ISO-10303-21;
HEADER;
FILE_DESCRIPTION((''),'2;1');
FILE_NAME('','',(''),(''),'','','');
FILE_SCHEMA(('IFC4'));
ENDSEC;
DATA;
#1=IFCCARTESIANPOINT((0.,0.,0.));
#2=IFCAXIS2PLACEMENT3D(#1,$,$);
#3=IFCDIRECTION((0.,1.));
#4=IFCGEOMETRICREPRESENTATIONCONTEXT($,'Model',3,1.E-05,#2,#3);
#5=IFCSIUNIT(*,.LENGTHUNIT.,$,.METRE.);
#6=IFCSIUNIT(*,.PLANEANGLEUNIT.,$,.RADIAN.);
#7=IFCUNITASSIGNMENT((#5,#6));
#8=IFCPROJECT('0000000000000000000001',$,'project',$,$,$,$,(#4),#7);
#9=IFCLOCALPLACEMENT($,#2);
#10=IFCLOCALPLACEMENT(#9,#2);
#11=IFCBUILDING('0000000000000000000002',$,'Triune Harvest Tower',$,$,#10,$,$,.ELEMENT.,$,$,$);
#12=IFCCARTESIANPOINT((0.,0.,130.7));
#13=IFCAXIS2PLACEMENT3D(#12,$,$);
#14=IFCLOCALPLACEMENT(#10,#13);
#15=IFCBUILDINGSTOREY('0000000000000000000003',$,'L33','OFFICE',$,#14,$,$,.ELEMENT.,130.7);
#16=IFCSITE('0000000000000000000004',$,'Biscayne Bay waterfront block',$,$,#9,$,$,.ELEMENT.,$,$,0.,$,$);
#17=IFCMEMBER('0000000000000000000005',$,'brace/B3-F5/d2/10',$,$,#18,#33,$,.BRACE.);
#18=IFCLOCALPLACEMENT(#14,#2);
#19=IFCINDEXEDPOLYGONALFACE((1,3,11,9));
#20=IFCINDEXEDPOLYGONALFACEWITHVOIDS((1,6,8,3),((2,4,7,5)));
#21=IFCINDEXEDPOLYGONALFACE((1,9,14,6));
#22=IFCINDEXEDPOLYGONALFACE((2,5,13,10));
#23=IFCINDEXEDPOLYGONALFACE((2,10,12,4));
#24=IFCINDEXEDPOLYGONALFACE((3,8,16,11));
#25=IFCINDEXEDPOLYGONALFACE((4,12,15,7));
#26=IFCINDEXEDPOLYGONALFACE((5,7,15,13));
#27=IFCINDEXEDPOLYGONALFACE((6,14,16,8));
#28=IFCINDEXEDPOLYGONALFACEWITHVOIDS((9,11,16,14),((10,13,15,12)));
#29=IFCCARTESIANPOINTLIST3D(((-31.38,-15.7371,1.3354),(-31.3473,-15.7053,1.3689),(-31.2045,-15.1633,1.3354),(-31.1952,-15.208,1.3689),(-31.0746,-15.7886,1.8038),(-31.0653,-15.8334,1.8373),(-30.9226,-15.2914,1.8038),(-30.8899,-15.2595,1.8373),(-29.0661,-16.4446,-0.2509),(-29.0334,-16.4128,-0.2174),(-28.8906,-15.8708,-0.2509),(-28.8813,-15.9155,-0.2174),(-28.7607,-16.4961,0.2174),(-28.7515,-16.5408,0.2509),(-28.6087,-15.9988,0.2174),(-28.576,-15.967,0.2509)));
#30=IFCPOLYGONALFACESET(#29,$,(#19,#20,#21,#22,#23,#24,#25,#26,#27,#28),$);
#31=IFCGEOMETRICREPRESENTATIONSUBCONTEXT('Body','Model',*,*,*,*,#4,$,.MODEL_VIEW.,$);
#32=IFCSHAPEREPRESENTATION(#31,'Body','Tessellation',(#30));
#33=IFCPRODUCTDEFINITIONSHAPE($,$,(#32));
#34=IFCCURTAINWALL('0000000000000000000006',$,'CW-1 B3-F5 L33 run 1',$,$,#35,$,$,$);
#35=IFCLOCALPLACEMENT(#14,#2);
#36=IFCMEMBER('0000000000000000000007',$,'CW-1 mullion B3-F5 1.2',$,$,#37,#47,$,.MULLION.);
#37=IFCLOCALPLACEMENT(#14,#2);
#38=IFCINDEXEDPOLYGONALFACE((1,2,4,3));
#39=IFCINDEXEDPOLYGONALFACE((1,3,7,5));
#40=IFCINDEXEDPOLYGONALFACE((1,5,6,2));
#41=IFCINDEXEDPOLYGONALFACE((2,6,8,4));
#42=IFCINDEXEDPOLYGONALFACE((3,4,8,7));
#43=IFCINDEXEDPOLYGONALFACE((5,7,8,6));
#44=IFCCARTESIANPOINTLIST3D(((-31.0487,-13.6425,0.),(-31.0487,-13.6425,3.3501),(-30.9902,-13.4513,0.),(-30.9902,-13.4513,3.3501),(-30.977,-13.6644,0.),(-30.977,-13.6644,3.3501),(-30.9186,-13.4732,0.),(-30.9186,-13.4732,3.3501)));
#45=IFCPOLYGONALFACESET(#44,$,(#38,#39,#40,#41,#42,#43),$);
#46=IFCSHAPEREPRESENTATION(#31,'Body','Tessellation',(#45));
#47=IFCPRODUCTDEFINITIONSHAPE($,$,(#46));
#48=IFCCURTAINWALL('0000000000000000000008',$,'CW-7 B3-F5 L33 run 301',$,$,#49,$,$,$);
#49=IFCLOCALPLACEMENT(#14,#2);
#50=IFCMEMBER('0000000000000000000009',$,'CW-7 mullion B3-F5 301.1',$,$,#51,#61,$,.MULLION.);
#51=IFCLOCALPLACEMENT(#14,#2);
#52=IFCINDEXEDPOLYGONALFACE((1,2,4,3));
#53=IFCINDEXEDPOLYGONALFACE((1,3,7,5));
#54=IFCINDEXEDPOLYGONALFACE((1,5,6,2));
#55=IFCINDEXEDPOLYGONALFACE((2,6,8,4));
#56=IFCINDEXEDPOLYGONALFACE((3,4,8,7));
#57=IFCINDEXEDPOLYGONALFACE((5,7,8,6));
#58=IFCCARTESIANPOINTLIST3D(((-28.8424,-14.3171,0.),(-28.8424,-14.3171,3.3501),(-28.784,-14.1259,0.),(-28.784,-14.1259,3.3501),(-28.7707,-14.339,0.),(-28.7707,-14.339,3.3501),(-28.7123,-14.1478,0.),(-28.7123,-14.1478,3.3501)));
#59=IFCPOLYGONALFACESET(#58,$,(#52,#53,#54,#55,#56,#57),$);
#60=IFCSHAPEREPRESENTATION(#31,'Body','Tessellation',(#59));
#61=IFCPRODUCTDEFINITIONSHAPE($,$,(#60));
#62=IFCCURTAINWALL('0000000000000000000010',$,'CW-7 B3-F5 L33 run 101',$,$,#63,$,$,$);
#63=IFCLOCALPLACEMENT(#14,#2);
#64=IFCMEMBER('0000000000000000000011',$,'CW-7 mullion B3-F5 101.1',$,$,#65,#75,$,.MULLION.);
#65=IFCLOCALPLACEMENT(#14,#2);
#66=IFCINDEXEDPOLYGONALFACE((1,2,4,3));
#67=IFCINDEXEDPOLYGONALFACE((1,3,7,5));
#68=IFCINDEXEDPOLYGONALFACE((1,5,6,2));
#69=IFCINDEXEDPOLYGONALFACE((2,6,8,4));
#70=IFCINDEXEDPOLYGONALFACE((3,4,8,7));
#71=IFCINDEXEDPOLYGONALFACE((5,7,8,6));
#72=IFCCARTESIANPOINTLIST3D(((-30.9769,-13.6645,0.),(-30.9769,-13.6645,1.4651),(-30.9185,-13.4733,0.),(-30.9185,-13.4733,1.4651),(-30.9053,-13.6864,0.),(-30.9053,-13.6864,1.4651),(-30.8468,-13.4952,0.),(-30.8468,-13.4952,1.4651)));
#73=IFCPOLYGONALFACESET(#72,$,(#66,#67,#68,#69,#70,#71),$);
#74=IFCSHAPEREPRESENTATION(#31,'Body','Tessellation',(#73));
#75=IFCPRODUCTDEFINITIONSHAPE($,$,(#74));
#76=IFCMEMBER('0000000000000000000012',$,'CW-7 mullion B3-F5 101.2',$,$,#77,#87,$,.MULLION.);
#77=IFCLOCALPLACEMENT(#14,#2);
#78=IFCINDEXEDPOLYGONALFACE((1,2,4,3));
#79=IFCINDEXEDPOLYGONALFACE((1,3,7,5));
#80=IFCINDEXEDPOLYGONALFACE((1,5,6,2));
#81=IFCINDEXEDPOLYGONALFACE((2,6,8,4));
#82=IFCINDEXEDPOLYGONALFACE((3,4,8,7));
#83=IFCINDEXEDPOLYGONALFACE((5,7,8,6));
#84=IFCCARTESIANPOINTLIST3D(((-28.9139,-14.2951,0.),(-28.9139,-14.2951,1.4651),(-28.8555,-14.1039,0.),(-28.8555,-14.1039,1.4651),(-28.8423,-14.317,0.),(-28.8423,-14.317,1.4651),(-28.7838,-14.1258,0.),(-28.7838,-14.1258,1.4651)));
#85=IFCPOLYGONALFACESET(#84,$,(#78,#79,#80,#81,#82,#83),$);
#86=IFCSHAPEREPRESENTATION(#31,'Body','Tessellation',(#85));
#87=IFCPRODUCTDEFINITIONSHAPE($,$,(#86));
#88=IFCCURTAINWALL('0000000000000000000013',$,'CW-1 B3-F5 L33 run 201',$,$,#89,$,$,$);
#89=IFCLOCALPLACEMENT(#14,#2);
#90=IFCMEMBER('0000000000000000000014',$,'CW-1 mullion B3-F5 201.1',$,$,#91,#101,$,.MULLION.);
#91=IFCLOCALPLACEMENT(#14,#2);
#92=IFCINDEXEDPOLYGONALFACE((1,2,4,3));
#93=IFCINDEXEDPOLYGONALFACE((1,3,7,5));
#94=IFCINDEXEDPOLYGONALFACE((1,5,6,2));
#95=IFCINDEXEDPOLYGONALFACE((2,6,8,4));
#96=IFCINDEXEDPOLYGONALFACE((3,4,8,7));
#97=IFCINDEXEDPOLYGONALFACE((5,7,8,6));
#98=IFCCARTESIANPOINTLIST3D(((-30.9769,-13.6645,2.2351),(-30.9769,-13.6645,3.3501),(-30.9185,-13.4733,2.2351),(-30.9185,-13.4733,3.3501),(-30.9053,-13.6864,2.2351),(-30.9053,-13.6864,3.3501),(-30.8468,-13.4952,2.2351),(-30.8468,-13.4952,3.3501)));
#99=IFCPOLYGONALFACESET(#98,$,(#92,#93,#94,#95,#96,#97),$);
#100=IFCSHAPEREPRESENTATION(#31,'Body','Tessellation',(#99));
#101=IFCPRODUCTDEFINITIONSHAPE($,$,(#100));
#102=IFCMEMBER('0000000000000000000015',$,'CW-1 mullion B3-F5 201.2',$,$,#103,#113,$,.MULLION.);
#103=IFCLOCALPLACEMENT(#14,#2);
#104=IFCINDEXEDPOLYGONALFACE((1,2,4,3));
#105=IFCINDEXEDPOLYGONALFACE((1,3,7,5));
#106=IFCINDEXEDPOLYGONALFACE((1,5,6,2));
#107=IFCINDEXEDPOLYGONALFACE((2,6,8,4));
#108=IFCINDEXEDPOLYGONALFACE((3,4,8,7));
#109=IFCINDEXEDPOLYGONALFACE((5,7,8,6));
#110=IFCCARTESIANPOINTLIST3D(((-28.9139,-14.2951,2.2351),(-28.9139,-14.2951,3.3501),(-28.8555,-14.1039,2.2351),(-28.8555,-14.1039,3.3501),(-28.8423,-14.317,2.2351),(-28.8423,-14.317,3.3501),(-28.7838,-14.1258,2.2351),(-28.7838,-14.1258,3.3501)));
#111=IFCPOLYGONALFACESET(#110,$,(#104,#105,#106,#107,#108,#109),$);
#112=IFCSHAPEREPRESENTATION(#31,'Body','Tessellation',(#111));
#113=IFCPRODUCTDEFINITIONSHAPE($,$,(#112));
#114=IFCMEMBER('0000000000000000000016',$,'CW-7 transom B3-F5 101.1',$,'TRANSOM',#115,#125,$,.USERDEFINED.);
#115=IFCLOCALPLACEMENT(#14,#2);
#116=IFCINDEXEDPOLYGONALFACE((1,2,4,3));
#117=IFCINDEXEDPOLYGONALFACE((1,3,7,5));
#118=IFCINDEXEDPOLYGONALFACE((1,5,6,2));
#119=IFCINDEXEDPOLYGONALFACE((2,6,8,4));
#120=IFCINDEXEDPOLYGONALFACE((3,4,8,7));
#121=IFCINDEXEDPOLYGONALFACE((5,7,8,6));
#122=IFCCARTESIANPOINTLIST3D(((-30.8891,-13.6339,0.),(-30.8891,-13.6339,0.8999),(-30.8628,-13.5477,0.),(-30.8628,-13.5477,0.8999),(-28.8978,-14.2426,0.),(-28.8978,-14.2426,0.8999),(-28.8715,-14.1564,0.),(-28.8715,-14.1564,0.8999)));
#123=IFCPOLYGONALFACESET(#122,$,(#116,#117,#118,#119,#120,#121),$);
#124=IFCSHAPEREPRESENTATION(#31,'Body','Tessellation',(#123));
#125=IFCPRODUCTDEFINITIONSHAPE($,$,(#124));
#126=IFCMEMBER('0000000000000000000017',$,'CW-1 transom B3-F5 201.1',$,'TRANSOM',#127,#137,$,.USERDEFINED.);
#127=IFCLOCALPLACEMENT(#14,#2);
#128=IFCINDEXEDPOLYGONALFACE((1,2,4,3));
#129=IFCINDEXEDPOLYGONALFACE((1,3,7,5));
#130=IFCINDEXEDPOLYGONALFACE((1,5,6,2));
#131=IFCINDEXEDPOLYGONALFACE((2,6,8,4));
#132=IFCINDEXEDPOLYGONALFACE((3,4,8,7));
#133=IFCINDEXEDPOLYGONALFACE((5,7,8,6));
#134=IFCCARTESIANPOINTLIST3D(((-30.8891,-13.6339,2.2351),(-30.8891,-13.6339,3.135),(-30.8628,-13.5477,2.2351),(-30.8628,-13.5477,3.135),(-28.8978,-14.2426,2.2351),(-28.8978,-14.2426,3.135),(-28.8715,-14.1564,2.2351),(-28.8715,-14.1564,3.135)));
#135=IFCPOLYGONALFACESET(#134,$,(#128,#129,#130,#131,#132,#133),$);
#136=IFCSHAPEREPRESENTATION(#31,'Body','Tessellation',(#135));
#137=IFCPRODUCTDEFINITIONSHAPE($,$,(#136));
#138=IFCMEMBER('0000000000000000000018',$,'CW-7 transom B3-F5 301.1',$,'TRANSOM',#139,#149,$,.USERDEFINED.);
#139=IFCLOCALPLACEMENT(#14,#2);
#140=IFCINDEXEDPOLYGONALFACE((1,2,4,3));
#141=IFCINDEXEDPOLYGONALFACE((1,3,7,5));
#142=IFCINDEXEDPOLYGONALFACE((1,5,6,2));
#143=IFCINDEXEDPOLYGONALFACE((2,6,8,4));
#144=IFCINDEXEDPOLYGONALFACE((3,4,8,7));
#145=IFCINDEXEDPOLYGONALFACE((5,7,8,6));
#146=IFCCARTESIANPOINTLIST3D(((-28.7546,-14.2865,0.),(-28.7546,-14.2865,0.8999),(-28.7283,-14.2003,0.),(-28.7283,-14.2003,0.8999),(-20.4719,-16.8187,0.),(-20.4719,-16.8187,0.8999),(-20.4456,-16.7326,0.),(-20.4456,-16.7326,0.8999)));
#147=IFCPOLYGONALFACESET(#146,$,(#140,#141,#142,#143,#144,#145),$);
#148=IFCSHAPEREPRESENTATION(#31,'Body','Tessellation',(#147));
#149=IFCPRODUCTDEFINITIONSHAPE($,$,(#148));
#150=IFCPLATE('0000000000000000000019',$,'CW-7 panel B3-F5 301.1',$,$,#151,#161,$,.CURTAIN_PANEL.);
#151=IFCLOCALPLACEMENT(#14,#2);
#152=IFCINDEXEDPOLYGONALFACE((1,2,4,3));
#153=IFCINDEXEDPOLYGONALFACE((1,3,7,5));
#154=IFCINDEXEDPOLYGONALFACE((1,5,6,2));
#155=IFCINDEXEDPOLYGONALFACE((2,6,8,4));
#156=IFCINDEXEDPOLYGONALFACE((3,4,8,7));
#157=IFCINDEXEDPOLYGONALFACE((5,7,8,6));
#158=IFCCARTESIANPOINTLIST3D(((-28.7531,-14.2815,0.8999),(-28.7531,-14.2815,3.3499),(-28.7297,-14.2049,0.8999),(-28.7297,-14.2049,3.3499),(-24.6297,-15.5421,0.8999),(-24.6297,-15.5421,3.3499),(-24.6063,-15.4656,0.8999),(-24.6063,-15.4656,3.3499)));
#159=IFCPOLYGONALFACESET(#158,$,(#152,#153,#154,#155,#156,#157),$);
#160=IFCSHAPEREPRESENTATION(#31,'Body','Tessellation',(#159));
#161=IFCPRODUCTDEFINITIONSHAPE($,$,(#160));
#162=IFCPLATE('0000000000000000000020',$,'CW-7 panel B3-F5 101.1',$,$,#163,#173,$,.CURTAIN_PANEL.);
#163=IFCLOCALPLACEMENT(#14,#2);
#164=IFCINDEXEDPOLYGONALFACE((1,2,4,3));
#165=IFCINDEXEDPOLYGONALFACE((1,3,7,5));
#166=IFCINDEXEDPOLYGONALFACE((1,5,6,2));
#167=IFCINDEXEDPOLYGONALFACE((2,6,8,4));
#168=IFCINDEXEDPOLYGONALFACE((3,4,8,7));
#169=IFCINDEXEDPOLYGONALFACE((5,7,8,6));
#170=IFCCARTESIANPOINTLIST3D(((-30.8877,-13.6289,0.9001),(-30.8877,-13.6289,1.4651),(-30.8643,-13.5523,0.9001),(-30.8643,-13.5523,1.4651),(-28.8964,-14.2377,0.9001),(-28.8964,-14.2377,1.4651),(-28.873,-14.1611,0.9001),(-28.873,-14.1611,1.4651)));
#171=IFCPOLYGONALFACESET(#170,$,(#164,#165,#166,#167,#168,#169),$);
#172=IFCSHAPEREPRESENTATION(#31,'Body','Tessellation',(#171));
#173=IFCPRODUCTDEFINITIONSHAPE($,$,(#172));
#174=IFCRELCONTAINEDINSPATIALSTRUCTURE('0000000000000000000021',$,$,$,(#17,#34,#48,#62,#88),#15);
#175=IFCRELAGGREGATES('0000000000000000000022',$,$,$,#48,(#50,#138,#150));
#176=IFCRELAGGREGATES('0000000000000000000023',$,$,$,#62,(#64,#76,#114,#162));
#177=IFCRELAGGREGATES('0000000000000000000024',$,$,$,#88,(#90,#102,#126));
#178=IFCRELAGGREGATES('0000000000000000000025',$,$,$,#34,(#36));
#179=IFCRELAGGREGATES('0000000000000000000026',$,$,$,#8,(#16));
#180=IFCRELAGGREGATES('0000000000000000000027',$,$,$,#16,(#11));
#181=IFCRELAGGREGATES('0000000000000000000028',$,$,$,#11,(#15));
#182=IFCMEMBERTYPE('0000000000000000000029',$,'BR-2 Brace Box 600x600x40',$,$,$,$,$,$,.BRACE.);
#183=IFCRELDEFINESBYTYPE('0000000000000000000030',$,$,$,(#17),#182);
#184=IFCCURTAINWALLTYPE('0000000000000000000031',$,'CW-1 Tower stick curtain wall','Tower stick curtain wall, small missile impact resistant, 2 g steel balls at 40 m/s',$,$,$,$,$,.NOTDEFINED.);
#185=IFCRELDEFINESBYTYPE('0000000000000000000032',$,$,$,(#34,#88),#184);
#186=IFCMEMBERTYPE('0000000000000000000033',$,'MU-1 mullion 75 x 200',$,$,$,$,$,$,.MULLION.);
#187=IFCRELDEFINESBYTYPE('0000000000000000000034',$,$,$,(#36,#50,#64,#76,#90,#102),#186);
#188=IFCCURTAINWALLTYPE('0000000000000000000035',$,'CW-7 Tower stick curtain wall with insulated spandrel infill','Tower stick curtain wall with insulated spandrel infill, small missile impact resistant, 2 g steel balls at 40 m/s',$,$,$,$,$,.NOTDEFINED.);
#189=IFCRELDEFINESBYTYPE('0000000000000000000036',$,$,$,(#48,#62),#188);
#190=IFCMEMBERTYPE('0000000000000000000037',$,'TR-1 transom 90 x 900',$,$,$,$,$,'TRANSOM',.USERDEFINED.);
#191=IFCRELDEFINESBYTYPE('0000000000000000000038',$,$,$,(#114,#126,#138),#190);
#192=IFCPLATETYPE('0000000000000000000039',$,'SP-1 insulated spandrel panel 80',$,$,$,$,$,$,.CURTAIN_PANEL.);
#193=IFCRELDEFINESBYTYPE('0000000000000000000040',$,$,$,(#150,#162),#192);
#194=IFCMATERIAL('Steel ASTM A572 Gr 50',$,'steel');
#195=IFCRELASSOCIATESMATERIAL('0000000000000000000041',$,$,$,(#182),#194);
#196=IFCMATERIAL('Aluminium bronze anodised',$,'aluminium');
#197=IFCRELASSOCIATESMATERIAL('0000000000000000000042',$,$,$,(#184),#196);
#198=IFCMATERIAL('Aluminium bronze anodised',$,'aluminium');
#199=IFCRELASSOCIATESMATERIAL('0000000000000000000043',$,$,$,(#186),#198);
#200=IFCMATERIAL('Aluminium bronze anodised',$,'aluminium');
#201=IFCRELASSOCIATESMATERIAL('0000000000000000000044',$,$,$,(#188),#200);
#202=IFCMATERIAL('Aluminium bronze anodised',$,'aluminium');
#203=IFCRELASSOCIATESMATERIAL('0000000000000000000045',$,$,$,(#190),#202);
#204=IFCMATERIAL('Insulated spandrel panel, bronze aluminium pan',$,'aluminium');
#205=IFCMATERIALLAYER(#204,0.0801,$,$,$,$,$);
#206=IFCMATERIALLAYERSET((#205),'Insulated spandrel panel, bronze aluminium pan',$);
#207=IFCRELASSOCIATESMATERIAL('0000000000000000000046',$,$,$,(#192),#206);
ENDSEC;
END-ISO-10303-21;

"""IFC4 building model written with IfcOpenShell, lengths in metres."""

from ifc_helpers import new_model, si_unit, direction, frame, origin, origin_2d, place, context, subcontext, project, spatial, rectangle, hollow_rectangle, extrude, source, transform, mapped, material, layer, layer_set, material_profile, profile_set, type_object, element, aggregate, save


model = new_model("IFC4")

# Units and contexts
model_context = context("Model", 3, precision=1e-05, world=origin(), true_north=direction((0.0, 1.0)))
body_context = subcontext(model_context, "Body", "Model", "MODEL_VIEW")
ifc_project = project(units=[si_unit("LENGTHUNIT", "METRE"), si_unit("PLANEANGLEUNIT", "RADIAN")], contexts=[model_context])

# Site, building, storey
site_placement = place(None, origin())
site = spatial("IfcSite", under=ifc_project, at=site_placement, Name="Biscayne Bay waterfront block", CompositionType="ELEMENT", RefElevation=0.0)
building_placement = place(site_placement, origin())
building = spatial("IfcBuilding", under=site, at=building_placement, Name="Triune Harvest Tower", CompositionType="ELEMENT")
storey_placement = place(building_placement, frame((0.0, 0.0, 130.7)))
storey = spatial("IfcBuildingStorey", under=building, at=storey_placement, Name="L33", Description="OFFICE", CompositionType="ELEMENT", Elevation=130.7)

# Member
ifc_material_1 = material(Name="Steel ASTM A572 Gr 50", Category="steel")
ifc_material_profile_1 = material_profile(ifc_material_1, hollow_rectangle(XDim=0.6001, YDim=0.6001, WallThickness=0.04, at=origin_2d()), Name="Box 600x600x40")
ifc_profile_set_1 = profile_set([ifc_material_profile_1], Name="Steel ASTM A572 Gr 50")
member_type_1 = type_object("IfcMemberType", Name="BR-2 Brace Box 600x600x40", PredefinedType="BRACE", material=ifc_profile_set_1)
shared_shape_1 = source(origin(), body_context, "Body", "SweptSolid", [
    extrude(hollow_rectangle(XDim=0.6001, YDim=0.6001, WallThickness=0.04, at=origin_2d()), origin(), (0.0, 0.0, 1.0), 2.8933),
])
member_1_placement = place(storey_placement, frame((-28.821, -16.2058, 0.0), z_axis=(-0.799739, 0.244529, 0.548291), x_axis=(-0.292398, -0.956297, 0.0)))
element("IfcMember", 1, at=member_1_placement, inside=storey, type_object=member_type_1, Name="brace/B3-F5/d2/10", PredefinedType="BRACE", context=body_context, shape_type="MappedRepresentation", body=[
    mapped(shared_shape_1, transform((0.0, 0.0, 0.0), scale=1.0)),
])

# Curtain walls, members
ifc_material_2 = material(Name="Aluminium bronze anodised", Category="aluminium")
curtain_wall_type_1 = type_object("IfcCurtainWallType", Name="CW-1 Tower stick curtain wall", Description="Tower stick curtain wall, small missile impact resistant, 2 g steel balls at 40 m/s", PredefinedType="NOTDEFINED", material=ifc_material_2)
curtain_wall_1_placement = place(storey_placement, origin())
curtain_wall_1 = element("IfcCurtainWall", 2, at=curtain_wall_1_placement, inside=storey, type_object=curtain_wall_type_1, Name="CW-1 B3-F5 L33 run 1")
ifc_material_3 = material(Name="Aluminium bronze anodised", Category="aluminium")
ifc_material_profile_2 = material_profile(ifc_material_3, rectangle(XDim=0.2, YDim=0.075, at=origin_2d()), Name="MU-1 mullion 75 x 200")
ifc_profile_set_2 = profile_set([ifc_material_profile_2], Name="Aluminium bronze anodised")
member_type_2 = type_object("IfcMemberType", Name="MU-1 mullion 75 x 200", PredefinedType="MULLION", material=ifc_profile_set_2)
shared_shape_2 = source(origin(), body_context, "Body", "SweptSolid", [
    extrude(rectangle(XDim=0.2, YDim=0.075, at=origin_2d()), origin(), (0.0, 0.0, 1.0), 3.3501),
])
member_2_placement = place(storey_placement, frame((-30.9836, -13.5579, 0.0), z_axis=(0.0, 0.0, 1.0), x_axis=(0.292459, 0.956278, 0.0)))
member_2 = element("IfcMember", 3, at=member_2_placement, type_object=member_type_2, Name="CW-1 mullion B3-F5 1.2", PredefinedType="MULLION", context=body_context, shape_type="MappedRepresentation", body=[
    mapped(shared_shape_2, transform((0.0, 0.0, 0.0), scale=1.0)),
])
ifc_material_4 = material(Name="Aluminium bronze anodised", Category="aluminium")
curtain_wall_type_2 = type_object("IfcCurtainWallType", Name="CW-7 Tower stick curtain wall with insulated spandrel infill", Description="Tower stick curtain wall with insulated spandrel infill, small missile impact resistant, 2 g steel balls at 40 m/s", PredefinedType="NOTDEFINED", material=ifc_material_4)
curtain_wall_2_placement = place(storey_placement, origin())
curtain_wall_2 = element("IfcCurtainWall", 4, at=curtain_wall_2_placement, inside=storey, type_object=curtain_wall_type_2, Name="CW-7 B3-F5 L33 run 301")
member_3_placement = place(storey_placement, frame((-28.7773, -14.2324, 0.0), z_axis=(0.0, 0.0, 1.0), x_axis=(0.292371, 0.956305, 0.0)))
member_3 = element("IfcMember", 5, at=member_3_placement, type_object=member_type_2, Name="CW-7 mullion B3-F5 301.1", PredefinedType="MULLION", context=body_context, shape_type="MappedRepresentation", body=[
    mapped(shared_shape_2, transform((0.0, 0.0, 0.0), scale=1.0)),
])

# Curtain walls, members
curtain_wall_3_placement = place(storey_placement, origin())
curtain_wall_3 = element("IfcCurtainWall", 6, at=curtain_wall_3_placement, inside=storey, type_object=curtain_wall_type_2, Name="CW-7 B3-F5 L33 run 101")
shared_shape_3 = source(origin(), body_context, "Body", "SweptSolid", [
    extrude(rectangle(XDim=0.2, YDim=0.075, at=origin_2d()), origin(), (0.0, 0.0, 1.0), 1.4651),
])
member_4_placement = place(storey_placement, frame((-30.9119, -13.5798, 0.0), z_axis=(0.0, 0.0, 1.0), x_axis=(0.292354, 0.95631, 0.0)))
member_4 = element("IfcMember", 7, at=member_4_placement, type_object=member_type_2, Name="CW-7 mullion B3-F5 101.1", PredefinedType="MULLION", context=body_context, shape_type="MappedRepresentation", body=[
    mapped(shared_shape_3, transform((0.0, 0.0, 0.0), scale=1.0)),
])
member_5_placement = place(storey_placement, frame((-28.8489, -14.2104, 0.0), z_axis=(0.0, 0.0, 1.0), x_axis=(0.292354, 0.95631, 0.0)))
member_5 = element("IfcMember", 8, at=member_5_placement, type_object=member_type_2, Name="CW-7 mullion B3-F5 101.2", PredefinedType="MULLION", context=body_context, shape_type="MappedRepresentation", body=[
    mapped(shared_shape_3, transform((0.0, 0.0, 0.0), scale=1.0)),
])
curtain_wall_4_placement = place(storey_placement, origin())
curtain_wall_4 = element("IfcCurtainWall", 9, at=curtain_wall_4_placement, inside=storey, type_object=curtain_wall_type_1, Name="CW-1 B3-F5 L33 run 201")
shared_shape_4 = source(origin(), body_context, "Body", "SweptSolid", [
    extrude(rectangle(XDim=0.2, YDim=0.075, at=origin_2d()), origin(), (0.0, 0.0, 1.0), 1.115),
])
member_6_placement = place(storey_placement, frame((-30.9119, -13.5798, 2.2351), z_axis=(0.0, 0.0, 1.0), x_axis=(0.292354, 0.95631, 0.0)))
member_6 = element("IfcMember", 10, at=member_6_placement, type_object=member_type_2, Name="CW-1 mullion B3-F5 201.1", PredefinedType="MULLION", context=body_context, shape_type="MappedRepresentation", body=[
    mapped(shared_shape_4, transform((0.0, 0.0, 0.0), scale=1.0)),
])
member_7_placement = place(storey_placement, frame((-28.8489, -14.2104, 2.2351), z_axis=(0.0, 0.0, 1.0), x_axis=(0.292354, 0.95631, 0.0)))
member_7 = element("IfcMember", 11, at=member_7_placement, type_object=member_type_2, Name="CW-1 mullion B3-F5 201.2", PredefinedType="MULLION", context=body_context, shape_type="MappedRepresentation", body=[
    mapped(shared_shape_4, transform((0.0, 0.0, 0.0), scale=1.0)),
])

# Members
ifc_material_5 = material(Name="Aluminium bronze anodised", Category="aluminium")
ifc_material_profile_3 = material_profile(ifc_material_5, rectangle(XDim=0.0901, YDim=0.8999, at=origin_2d()), Name="TR-1 transom 90 x 900")
ifc_profile_set_3 = profile_set([ifc_material_profile_3], Name="Aluminium bronze anodised")
member_type_3 = type_object("IfcMemberType", Name="TR-1 transom 90 x 900", ElementType="TRANSOM", PredefinedType="USERDEFINED", material=ifc_profile_set_3)
shared_shape_5 = source(origin(), body_context, "Body", "SweptSolid", [
    extrude(rectangle(XDim=0.0901, YDim=0.8999, at=origin_2d()), origin(), (0.0, 0.0, 1.0), 2.0823),
])
member_8_placement = place(storey_placement, frame((-30.876, -13.5908, 0.45), z_axis=(0.956322, -0.292314, 0.0), x_axis=(0.292314, 0.956322, 0.0)))
member_8 = element("IfcMember", 12, at=member_8_placement, type_object=member_type_3, Name="CW-7 transom B3-F5 101.1", ObjectType="TRANSOM", PredefinedType="USERDEFINED", context=body_context, shape_type="MappedRepresentation", body=[
    mapped(shared_shape_5, transform((0.0, 0.0, 0.0), scale=1.0)),
])
member_9_placement = place(storey_placement, frame((-30.876, -13.5908, 2.6851), z_axis=(0.956322, -0.292314, 0.0), x_axis=(0.292314, 0.956322, 0.0)))
member_9 = element("IfcMember", 13, at=member_9_placement, type_object=member_type_3, Name="CW-1 transom B3-F5 201.1", ObjectType="TRANSOM", PredefinedType="USERDEFINED", context=body_context, shape_type="MappedRepresentation", body=[
    mapped(shared_shape_5, transform((0.0, 0.0, 0.0), scale=1.0)),
])
shared_shape_6 = source(origin(), body_context, "Body", "SweptSolid", [
    extrude(rectangle(XDim=0.0901, YDim=0.8999, at=origin_2d()), origin(), (0.0, 0.0, 1.0), 8.6611),
])
member_10_placement = place(storey_placement, frame((-28.7415, -14.2434, 0.45), z_axis=(0.956306, -0.292366, 0.0), x_axis=(0.292366, 0.956306, 0.0)))
member_10 = element("IfcMember", 14, at=member_10_placement, type_object=member_type_3, Name="CW-7 transom B3-F5 301.1", ObjectType="TRANSOM", PredefinedType="USERDEFINED", context=body_context, shape_type="MappedRepresentation", body=[
    mapped(shared_shape_6, transform((0.0, 0.0, 0.0), scale=1.0)),
])

# Plates
ifc_material_6 = material(Name="Insulated spandrel panel, bronze aluminium pan", Category="aluminium")
ifc_layer_1 = layer(ifc_material_6, 0.0801)
ifc_layer_set_1 = layer_set([ifc_layer_1], Name="Insulated spandrel panel, bronze aluminium pan")
plate_type_1 = type_object("IfcPlateType", Name="SP-1 insulated spandrel panel 80", PredefinedType="CURTAIN_PANEL", material=ifc_layer_set_1)
shared_shape_7 = source(origin(), body_context, "Body", "SweptSolid", [
    extrude(rectangle(XDim=4.3118, YDim=0.0801, at=origin_2d()), origin(), (0.0, 0.0, 1.0), 2.45),
])
plate_1_placement = place(storey_placement, frame((-26.6797, -14.8735, 0.8999), z_axis=(0.0, 0.0, 1.0), x_axis=(0.956305, -0.292371, 0.0)))
plate_1 = element("IfcPlate", 15, at=plate_1_placement, type_object=plate_type_1, Name="CW-7 panel B3-F5 301.1", PredefinedType="CURTAIN_PANEL", context=body_context, shape_type="MappedRepresentation", body=[
    mapped(shared_shape_7, transform((0.0, 0.0, 0.0), scale=1.0)),
])
aggregate(curtain_wall_2, [member_3, member_10, plate_1])
shared_shape_8 = source(origin(), body_context, "Body", "SweptSolid", [
    extrude(rectangle(XDim=2.0823, YDim=0.0801, at=origin_2d()), origin(), (0.0, 0.0, 1.0), 0.5649),
])
plate_2_placement = place(storey_placement, frame((-29.8804, -13.895, 0.9001), z_axis=(0.0, 0.0, 1.0), x_axis=(0.95631, -0.292354, 0.0)))
plate_2 = element("IfcPlate", 16, at=plate_2_placement, type_object=plate_type_1, Name="CW-7 panel B3-F5 101.1", PredefinedType="CURTAIN_PANEL", context=body_context, shape_type="MappedRepresentation", body=[
    mapped(shared_shape_8, transform((0.0, 0.0, 0.0), scale=1.0)),
])
aggregate(curtain_wall_3, [member_4, member_5, member_8, plate_2])
aggregate(curtain_wall_4, [member_6, member_7, member_9])
aggregate(curtain_wall_1, [member_2])

save(model, "model.ifc")
